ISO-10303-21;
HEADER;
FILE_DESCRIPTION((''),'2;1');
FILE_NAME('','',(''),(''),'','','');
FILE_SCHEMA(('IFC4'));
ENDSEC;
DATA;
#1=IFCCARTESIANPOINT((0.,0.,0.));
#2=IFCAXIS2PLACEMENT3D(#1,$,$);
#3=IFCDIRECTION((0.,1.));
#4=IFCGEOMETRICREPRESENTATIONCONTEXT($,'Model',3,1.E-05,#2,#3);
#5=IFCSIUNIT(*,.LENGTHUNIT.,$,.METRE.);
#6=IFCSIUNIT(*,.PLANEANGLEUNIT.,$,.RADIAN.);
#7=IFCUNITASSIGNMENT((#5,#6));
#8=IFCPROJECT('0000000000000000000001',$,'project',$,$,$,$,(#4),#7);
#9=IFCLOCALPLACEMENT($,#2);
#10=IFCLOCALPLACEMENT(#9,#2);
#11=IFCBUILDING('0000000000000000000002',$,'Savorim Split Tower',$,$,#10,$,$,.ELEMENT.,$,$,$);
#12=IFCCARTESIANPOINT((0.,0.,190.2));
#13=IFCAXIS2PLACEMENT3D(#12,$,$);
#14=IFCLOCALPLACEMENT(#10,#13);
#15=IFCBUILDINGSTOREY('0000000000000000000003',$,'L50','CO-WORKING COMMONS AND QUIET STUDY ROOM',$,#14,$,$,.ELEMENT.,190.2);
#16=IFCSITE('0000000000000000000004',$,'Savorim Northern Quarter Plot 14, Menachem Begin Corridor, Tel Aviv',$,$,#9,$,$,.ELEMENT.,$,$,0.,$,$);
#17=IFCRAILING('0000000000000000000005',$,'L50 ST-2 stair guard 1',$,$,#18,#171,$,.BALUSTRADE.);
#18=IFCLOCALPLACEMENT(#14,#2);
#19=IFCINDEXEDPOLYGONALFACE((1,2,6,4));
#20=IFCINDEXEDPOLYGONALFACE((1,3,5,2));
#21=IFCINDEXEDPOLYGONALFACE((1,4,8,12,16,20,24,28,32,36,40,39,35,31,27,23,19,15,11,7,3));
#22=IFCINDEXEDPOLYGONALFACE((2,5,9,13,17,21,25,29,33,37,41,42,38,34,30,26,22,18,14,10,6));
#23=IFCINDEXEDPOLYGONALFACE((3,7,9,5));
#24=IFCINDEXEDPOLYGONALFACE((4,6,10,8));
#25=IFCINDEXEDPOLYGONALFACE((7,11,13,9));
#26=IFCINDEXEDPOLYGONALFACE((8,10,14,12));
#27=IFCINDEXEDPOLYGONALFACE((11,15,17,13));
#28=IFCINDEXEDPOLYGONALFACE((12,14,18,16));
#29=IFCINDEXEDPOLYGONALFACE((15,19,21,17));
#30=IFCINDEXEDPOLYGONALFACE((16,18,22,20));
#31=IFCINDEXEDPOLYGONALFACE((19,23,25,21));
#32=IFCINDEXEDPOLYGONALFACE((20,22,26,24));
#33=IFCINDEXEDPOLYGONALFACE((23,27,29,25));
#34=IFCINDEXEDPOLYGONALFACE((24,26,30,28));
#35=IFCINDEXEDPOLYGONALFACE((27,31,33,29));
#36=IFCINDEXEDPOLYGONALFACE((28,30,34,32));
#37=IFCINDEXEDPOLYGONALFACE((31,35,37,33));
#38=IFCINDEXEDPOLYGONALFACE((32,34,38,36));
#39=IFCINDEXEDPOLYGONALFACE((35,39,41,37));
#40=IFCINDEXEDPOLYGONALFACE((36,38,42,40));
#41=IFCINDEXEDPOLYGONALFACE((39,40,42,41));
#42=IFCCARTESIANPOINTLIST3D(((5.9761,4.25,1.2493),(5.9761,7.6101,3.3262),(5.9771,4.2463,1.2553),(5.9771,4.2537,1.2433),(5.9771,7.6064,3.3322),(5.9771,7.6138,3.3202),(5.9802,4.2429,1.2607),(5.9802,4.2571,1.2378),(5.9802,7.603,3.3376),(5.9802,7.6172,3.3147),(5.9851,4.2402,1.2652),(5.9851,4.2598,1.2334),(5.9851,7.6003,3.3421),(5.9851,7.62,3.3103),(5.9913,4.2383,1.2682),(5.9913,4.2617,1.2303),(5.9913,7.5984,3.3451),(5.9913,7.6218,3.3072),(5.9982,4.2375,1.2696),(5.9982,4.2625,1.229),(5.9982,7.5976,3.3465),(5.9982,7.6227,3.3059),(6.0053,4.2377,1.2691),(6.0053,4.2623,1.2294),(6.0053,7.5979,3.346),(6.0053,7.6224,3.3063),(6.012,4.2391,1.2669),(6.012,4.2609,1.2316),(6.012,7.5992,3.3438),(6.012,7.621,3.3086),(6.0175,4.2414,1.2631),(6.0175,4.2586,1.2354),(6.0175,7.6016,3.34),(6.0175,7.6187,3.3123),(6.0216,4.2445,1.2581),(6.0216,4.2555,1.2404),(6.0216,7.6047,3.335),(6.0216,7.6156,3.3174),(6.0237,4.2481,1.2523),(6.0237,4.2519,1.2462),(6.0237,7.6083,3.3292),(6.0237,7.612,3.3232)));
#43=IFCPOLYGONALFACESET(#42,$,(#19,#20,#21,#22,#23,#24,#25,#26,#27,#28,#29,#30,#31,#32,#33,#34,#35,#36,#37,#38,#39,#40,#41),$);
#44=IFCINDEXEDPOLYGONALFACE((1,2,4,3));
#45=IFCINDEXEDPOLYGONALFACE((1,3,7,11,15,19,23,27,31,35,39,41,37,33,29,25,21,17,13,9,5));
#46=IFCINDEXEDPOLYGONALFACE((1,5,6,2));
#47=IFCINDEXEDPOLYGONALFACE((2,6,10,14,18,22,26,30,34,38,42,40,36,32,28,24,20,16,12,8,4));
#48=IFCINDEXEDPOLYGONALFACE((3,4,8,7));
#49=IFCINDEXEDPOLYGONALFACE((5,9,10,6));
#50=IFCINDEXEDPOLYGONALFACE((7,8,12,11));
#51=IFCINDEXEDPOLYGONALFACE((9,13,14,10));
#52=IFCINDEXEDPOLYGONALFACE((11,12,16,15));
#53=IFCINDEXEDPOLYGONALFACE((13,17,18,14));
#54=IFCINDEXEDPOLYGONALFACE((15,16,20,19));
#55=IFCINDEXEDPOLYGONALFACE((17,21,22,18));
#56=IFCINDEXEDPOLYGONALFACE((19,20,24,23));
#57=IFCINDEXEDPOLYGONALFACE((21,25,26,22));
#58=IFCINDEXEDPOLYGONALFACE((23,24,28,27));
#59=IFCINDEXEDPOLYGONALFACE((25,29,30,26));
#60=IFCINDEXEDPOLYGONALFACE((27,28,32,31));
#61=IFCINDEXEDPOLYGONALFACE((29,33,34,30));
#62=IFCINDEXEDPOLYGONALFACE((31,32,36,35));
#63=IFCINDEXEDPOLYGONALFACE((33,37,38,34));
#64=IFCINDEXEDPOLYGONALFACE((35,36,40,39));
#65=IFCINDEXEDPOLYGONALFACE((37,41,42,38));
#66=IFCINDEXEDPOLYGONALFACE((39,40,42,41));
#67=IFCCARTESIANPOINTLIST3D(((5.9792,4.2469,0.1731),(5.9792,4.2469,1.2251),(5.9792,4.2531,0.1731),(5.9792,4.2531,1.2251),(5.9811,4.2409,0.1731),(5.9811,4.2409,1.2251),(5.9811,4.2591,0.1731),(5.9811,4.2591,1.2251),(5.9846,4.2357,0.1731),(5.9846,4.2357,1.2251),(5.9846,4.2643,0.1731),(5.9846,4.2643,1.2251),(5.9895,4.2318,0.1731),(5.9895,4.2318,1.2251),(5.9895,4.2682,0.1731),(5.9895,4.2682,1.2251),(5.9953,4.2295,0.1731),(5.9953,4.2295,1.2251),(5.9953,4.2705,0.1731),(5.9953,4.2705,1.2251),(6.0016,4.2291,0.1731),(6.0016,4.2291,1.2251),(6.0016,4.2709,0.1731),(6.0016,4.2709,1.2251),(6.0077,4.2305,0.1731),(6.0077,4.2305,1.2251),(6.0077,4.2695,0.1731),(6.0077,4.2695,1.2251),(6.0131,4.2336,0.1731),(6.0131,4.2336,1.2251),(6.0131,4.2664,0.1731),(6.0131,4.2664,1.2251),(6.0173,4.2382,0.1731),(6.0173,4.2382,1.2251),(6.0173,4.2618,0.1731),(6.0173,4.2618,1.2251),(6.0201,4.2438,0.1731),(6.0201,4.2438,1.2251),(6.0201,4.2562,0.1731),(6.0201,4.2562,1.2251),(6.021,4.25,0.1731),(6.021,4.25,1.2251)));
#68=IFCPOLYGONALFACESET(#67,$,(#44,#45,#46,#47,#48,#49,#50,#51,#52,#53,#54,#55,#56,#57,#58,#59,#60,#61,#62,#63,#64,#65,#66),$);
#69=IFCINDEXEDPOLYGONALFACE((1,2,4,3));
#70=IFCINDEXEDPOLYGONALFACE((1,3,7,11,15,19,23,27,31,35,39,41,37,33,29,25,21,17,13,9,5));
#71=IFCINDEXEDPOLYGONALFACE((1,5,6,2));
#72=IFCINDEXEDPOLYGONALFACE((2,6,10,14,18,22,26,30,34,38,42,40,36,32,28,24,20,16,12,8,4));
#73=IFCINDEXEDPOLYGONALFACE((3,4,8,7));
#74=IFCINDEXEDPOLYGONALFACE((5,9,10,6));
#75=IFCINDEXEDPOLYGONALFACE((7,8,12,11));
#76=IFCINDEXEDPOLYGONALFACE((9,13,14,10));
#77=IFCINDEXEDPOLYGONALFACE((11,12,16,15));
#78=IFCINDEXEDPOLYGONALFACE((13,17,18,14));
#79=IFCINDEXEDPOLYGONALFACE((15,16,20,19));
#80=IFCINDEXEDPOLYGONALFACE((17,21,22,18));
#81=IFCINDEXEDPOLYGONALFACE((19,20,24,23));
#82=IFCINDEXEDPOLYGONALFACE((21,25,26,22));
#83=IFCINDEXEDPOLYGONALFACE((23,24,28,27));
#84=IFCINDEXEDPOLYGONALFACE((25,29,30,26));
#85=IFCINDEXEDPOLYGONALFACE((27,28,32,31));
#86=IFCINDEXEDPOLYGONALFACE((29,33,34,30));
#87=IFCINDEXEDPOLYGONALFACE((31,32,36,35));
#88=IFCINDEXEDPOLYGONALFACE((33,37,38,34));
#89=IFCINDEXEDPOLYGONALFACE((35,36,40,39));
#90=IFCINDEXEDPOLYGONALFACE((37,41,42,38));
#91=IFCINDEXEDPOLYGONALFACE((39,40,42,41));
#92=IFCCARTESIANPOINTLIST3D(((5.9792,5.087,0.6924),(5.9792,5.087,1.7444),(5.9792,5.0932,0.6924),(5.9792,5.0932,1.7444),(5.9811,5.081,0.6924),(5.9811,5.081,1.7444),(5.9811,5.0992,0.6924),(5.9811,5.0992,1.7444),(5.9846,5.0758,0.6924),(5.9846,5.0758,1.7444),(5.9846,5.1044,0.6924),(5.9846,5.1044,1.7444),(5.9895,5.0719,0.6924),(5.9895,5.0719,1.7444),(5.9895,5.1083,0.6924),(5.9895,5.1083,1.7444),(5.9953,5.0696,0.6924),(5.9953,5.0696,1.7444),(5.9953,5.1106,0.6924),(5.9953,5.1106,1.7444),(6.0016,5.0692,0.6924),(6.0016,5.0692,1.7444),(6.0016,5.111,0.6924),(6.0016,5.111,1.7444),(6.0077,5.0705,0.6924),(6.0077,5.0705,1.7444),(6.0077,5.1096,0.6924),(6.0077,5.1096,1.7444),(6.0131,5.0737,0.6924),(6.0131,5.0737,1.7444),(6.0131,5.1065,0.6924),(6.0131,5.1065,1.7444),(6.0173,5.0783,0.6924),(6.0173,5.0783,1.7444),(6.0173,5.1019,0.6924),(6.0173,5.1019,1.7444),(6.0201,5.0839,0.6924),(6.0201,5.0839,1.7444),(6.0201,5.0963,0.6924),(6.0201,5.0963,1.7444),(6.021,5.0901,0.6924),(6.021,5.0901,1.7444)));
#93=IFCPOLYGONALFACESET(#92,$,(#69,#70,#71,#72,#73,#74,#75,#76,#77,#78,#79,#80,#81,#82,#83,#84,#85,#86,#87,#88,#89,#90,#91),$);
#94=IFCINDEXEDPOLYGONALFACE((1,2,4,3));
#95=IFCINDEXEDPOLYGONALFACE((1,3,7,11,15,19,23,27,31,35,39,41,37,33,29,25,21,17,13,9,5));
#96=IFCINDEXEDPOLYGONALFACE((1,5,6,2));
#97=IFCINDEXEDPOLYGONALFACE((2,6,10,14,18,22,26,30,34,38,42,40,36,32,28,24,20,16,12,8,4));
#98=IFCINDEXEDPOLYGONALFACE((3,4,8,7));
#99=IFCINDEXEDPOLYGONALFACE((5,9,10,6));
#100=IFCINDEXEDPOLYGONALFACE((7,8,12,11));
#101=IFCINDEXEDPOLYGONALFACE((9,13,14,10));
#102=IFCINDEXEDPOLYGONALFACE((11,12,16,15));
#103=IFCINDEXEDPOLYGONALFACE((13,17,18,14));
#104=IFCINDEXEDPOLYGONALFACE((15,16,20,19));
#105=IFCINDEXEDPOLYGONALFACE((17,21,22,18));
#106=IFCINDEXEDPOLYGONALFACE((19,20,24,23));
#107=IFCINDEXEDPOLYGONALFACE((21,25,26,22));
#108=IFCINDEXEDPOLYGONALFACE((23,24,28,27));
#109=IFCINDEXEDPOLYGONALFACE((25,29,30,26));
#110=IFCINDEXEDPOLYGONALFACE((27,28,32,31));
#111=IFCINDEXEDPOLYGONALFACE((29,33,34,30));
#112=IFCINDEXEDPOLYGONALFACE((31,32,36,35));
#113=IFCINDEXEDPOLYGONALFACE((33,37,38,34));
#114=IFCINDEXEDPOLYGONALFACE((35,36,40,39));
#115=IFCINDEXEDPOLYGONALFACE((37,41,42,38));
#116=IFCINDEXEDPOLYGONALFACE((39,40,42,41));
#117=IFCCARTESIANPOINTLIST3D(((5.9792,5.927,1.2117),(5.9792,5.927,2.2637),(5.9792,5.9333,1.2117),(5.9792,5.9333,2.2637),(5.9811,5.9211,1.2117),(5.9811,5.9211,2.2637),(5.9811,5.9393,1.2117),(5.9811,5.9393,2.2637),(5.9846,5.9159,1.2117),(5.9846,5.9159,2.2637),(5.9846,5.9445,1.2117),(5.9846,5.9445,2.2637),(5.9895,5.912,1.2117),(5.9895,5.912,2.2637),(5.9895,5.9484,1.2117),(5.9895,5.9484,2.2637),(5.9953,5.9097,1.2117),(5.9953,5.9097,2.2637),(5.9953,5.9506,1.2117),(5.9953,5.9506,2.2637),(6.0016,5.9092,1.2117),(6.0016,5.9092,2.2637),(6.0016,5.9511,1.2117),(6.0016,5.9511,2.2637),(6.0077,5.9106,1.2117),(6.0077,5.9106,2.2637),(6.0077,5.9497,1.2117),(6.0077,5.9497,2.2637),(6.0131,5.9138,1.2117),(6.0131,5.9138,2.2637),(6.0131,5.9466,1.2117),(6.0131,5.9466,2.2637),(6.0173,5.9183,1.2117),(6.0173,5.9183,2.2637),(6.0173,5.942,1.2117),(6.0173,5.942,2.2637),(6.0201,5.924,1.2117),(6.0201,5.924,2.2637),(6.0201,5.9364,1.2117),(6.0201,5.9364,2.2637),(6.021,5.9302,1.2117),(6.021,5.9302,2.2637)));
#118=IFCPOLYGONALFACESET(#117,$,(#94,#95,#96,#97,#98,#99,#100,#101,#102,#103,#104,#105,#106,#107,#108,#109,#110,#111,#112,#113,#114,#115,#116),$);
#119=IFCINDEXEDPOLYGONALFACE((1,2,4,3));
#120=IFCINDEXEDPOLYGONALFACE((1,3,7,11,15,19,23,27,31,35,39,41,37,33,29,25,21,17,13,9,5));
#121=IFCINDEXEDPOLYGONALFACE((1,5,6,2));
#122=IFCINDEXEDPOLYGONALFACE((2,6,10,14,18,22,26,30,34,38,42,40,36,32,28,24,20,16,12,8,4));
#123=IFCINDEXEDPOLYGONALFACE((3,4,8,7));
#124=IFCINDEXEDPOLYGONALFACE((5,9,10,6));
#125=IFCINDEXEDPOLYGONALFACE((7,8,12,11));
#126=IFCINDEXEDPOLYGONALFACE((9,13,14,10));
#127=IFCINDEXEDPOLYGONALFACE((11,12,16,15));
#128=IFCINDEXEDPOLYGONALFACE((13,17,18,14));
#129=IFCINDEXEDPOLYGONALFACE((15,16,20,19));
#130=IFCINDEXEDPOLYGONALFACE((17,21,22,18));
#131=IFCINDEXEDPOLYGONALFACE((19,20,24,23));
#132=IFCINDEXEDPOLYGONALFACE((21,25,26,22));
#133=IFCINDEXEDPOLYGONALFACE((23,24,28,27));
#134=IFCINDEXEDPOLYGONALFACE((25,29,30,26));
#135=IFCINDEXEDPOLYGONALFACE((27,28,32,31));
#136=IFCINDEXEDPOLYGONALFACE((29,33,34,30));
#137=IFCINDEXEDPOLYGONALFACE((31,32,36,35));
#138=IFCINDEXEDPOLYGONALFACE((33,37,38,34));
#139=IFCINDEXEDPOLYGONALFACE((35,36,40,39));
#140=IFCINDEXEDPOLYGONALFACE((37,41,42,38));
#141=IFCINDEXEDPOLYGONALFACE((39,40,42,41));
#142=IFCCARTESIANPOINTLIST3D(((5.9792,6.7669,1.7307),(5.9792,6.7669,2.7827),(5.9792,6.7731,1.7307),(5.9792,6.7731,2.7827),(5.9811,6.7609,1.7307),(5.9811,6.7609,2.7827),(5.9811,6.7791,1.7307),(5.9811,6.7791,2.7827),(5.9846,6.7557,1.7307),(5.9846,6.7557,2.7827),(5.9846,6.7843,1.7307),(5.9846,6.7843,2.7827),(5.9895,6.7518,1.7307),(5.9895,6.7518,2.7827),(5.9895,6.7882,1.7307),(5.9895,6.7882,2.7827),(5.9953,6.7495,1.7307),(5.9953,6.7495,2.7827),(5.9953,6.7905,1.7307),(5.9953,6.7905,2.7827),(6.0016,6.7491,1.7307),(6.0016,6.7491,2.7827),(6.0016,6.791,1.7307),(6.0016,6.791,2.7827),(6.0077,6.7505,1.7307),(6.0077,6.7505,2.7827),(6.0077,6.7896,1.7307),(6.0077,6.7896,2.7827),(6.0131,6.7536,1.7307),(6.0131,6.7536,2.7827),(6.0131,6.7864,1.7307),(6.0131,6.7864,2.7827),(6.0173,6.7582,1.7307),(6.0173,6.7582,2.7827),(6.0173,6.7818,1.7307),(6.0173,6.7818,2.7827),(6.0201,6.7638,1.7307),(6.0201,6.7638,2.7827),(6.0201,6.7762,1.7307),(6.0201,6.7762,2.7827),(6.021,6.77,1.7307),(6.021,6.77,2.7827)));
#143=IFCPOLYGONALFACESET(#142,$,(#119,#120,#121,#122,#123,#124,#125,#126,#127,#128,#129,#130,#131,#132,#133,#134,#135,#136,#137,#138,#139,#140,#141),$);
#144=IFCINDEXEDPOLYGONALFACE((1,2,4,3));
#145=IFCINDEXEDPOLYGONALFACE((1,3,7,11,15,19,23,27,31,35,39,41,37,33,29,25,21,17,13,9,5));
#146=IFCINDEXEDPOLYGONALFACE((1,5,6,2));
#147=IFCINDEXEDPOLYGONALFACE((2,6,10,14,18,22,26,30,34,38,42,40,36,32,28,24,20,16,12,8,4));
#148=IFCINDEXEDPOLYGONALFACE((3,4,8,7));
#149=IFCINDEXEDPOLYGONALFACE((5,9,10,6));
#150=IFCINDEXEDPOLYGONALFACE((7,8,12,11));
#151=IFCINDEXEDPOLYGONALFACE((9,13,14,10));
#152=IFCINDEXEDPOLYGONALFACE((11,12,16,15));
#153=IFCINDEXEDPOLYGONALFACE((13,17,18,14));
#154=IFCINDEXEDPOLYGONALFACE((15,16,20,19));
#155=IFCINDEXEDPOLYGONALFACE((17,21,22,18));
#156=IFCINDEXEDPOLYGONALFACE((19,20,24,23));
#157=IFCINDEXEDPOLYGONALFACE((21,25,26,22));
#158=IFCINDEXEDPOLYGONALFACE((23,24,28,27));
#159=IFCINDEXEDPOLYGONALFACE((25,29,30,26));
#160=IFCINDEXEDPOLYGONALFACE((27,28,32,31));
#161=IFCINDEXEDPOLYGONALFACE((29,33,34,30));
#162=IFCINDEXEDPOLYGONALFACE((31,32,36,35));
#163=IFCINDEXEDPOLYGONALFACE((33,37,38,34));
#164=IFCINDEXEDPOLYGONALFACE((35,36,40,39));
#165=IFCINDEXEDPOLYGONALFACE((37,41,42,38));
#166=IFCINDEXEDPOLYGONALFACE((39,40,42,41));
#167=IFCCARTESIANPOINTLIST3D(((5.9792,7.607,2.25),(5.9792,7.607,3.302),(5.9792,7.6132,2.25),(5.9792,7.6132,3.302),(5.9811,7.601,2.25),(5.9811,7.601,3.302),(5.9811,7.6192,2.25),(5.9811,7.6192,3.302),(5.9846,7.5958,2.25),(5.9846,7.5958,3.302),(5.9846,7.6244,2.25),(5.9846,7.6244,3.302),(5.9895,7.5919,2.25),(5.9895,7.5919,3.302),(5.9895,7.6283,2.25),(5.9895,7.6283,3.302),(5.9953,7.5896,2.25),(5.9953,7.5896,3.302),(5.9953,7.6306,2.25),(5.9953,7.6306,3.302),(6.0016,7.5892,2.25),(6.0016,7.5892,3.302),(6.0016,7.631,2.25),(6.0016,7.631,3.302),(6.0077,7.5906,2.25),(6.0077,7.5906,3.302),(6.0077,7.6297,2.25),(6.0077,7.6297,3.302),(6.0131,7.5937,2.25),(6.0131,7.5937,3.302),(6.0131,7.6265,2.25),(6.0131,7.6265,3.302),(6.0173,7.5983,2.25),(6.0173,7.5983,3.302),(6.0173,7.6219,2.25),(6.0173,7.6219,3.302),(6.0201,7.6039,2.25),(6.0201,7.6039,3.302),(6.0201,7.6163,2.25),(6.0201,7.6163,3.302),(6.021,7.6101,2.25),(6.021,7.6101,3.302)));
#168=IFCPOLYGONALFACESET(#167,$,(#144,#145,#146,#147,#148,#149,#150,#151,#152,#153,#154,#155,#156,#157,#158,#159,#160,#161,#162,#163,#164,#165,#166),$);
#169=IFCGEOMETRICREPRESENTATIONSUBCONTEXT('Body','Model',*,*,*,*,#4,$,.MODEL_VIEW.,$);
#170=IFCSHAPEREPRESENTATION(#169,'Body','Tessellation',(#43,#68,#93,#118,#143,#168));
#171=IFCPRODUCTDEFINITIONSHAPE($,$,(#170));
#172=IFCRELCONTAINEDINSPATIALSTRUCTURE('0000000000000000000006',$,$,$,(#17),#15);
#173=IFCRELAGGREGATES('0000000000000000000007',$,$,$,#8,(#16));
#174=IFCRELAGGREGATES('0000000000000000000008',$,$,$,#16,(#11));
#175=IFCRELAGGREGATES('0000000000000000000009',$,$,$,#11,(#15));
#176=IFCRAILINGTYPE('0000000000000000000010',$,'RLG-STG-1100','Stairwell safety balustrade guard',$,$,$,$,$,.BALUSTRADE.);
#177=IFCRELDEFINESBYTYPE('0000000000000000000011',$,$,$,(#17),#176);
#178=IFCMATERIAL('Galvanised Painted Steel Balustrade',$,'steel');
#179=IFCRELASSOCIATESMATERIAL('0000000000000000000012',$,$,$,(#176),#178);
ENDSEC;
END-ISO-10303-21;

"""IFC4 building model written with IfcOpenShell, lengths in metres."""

from ifc_helpers import new_model, si_unit, direction, frame, origin, origin_2d, place, context, subcontext, project, spatial, circle, extrude, material, type_object, element, save


model = new_model("IFC4")

# Units and contexts
model_context = context("Model", 3, precision=1e-05, world=origin(), true_north=direction((0.0, 1.0)))
body_context = subcontext(model_context, "Body", "Model", "MODEL_VIEW")
ifc_project = project(units=[si_unit("LENGTHUNIT", "METRE"), si_unit("PLANEANGLEUNIT", "RADIAN")], contexts=[model_context])

# Site, building, storey
site_placement = place(None, origin())
site = spatial("IfcSite", under=ifc_project, at=site_placement, Name="Savorim Northern Quarter Plot 14, Menachem Begin Corridor, Tel Aviv", CompositionType="ELEMENT", RefElevation=0.0)
building_placement = place(site_placement, origin())
building = spatial("IfcBuilding", under=site, at=building_placement, Name="Savorim Split Tower", CompositionType="ELEMENT")
storey_placement = place(building_placement, frame((0.0, 0.0, 190.2)))
storey = spatial("IfcBuildingStorey", under=building, at=storey_placement, Name="L50", Description="CO-WORKING COMMONS AND QUIET STUDY ROOM", CompositionType="ELEMENT", Elevation=190.2)

# Railing
ifc_material_1 = material(Name="Galvanised Painted Steel Balustrade", Category="steel")
railing_type_1 = type_object("IfcRailingType", Name="RLG-STG-1100", Description="Stairwell safety balustrade guard", PredefinedType="BALUSTRADE", material=ifc_material_1)
railing_1_placement = place(storey_placement, frame((6.0, 4.25, 0.1731)))
element("IfcRailing", 1, at=railing_1_placement, inside=storey, type_object=railing_type_1, Name="L50 ST-2 stair guard 1", PredefinedType="BALUSTRADE", context=body_context, shape_type="SweptSolid", body=[
    extrude(circle(Radius=0.0239, at=origin_2d()), frame((0.0, 0.0, 1.0762), z_axis=(0.0, 0.850623, 0.525776), x_axis=(-1.0, 0.0, 0.0)), (0.0, 0.0, 1.0), 3.9502),
    extrude(circle(Radius=0.021, at=origin_2d()), origin(), (0.0, 0.0, 1.0), 1.052),
    extrude(circle(Radius=0.021, at=origin_2d()), frame((0.0, 0.8401, 0.5193)), (0.0, 0.0, 1.0), 1.052),
    extrude(circle(Radius=0.021, at=origin_2d()), frame((0.0, 1.6802, 1.0386)), (0.0, 0.0, 1.0), 1.052),
    extrude(circle(Radius=0.021, at=origin_2d()), frame((0.0, 2.52, 1.5576)), (0.0, 0.0, 1.0), 1.052),
    extrude(circle(Radius=0.021, at=origin_2d()), frame((0.0, 3.3601, 2.0769)), (0.0, 0.0, 1.0), 1.052),
])

save(model, "model.ifc")
